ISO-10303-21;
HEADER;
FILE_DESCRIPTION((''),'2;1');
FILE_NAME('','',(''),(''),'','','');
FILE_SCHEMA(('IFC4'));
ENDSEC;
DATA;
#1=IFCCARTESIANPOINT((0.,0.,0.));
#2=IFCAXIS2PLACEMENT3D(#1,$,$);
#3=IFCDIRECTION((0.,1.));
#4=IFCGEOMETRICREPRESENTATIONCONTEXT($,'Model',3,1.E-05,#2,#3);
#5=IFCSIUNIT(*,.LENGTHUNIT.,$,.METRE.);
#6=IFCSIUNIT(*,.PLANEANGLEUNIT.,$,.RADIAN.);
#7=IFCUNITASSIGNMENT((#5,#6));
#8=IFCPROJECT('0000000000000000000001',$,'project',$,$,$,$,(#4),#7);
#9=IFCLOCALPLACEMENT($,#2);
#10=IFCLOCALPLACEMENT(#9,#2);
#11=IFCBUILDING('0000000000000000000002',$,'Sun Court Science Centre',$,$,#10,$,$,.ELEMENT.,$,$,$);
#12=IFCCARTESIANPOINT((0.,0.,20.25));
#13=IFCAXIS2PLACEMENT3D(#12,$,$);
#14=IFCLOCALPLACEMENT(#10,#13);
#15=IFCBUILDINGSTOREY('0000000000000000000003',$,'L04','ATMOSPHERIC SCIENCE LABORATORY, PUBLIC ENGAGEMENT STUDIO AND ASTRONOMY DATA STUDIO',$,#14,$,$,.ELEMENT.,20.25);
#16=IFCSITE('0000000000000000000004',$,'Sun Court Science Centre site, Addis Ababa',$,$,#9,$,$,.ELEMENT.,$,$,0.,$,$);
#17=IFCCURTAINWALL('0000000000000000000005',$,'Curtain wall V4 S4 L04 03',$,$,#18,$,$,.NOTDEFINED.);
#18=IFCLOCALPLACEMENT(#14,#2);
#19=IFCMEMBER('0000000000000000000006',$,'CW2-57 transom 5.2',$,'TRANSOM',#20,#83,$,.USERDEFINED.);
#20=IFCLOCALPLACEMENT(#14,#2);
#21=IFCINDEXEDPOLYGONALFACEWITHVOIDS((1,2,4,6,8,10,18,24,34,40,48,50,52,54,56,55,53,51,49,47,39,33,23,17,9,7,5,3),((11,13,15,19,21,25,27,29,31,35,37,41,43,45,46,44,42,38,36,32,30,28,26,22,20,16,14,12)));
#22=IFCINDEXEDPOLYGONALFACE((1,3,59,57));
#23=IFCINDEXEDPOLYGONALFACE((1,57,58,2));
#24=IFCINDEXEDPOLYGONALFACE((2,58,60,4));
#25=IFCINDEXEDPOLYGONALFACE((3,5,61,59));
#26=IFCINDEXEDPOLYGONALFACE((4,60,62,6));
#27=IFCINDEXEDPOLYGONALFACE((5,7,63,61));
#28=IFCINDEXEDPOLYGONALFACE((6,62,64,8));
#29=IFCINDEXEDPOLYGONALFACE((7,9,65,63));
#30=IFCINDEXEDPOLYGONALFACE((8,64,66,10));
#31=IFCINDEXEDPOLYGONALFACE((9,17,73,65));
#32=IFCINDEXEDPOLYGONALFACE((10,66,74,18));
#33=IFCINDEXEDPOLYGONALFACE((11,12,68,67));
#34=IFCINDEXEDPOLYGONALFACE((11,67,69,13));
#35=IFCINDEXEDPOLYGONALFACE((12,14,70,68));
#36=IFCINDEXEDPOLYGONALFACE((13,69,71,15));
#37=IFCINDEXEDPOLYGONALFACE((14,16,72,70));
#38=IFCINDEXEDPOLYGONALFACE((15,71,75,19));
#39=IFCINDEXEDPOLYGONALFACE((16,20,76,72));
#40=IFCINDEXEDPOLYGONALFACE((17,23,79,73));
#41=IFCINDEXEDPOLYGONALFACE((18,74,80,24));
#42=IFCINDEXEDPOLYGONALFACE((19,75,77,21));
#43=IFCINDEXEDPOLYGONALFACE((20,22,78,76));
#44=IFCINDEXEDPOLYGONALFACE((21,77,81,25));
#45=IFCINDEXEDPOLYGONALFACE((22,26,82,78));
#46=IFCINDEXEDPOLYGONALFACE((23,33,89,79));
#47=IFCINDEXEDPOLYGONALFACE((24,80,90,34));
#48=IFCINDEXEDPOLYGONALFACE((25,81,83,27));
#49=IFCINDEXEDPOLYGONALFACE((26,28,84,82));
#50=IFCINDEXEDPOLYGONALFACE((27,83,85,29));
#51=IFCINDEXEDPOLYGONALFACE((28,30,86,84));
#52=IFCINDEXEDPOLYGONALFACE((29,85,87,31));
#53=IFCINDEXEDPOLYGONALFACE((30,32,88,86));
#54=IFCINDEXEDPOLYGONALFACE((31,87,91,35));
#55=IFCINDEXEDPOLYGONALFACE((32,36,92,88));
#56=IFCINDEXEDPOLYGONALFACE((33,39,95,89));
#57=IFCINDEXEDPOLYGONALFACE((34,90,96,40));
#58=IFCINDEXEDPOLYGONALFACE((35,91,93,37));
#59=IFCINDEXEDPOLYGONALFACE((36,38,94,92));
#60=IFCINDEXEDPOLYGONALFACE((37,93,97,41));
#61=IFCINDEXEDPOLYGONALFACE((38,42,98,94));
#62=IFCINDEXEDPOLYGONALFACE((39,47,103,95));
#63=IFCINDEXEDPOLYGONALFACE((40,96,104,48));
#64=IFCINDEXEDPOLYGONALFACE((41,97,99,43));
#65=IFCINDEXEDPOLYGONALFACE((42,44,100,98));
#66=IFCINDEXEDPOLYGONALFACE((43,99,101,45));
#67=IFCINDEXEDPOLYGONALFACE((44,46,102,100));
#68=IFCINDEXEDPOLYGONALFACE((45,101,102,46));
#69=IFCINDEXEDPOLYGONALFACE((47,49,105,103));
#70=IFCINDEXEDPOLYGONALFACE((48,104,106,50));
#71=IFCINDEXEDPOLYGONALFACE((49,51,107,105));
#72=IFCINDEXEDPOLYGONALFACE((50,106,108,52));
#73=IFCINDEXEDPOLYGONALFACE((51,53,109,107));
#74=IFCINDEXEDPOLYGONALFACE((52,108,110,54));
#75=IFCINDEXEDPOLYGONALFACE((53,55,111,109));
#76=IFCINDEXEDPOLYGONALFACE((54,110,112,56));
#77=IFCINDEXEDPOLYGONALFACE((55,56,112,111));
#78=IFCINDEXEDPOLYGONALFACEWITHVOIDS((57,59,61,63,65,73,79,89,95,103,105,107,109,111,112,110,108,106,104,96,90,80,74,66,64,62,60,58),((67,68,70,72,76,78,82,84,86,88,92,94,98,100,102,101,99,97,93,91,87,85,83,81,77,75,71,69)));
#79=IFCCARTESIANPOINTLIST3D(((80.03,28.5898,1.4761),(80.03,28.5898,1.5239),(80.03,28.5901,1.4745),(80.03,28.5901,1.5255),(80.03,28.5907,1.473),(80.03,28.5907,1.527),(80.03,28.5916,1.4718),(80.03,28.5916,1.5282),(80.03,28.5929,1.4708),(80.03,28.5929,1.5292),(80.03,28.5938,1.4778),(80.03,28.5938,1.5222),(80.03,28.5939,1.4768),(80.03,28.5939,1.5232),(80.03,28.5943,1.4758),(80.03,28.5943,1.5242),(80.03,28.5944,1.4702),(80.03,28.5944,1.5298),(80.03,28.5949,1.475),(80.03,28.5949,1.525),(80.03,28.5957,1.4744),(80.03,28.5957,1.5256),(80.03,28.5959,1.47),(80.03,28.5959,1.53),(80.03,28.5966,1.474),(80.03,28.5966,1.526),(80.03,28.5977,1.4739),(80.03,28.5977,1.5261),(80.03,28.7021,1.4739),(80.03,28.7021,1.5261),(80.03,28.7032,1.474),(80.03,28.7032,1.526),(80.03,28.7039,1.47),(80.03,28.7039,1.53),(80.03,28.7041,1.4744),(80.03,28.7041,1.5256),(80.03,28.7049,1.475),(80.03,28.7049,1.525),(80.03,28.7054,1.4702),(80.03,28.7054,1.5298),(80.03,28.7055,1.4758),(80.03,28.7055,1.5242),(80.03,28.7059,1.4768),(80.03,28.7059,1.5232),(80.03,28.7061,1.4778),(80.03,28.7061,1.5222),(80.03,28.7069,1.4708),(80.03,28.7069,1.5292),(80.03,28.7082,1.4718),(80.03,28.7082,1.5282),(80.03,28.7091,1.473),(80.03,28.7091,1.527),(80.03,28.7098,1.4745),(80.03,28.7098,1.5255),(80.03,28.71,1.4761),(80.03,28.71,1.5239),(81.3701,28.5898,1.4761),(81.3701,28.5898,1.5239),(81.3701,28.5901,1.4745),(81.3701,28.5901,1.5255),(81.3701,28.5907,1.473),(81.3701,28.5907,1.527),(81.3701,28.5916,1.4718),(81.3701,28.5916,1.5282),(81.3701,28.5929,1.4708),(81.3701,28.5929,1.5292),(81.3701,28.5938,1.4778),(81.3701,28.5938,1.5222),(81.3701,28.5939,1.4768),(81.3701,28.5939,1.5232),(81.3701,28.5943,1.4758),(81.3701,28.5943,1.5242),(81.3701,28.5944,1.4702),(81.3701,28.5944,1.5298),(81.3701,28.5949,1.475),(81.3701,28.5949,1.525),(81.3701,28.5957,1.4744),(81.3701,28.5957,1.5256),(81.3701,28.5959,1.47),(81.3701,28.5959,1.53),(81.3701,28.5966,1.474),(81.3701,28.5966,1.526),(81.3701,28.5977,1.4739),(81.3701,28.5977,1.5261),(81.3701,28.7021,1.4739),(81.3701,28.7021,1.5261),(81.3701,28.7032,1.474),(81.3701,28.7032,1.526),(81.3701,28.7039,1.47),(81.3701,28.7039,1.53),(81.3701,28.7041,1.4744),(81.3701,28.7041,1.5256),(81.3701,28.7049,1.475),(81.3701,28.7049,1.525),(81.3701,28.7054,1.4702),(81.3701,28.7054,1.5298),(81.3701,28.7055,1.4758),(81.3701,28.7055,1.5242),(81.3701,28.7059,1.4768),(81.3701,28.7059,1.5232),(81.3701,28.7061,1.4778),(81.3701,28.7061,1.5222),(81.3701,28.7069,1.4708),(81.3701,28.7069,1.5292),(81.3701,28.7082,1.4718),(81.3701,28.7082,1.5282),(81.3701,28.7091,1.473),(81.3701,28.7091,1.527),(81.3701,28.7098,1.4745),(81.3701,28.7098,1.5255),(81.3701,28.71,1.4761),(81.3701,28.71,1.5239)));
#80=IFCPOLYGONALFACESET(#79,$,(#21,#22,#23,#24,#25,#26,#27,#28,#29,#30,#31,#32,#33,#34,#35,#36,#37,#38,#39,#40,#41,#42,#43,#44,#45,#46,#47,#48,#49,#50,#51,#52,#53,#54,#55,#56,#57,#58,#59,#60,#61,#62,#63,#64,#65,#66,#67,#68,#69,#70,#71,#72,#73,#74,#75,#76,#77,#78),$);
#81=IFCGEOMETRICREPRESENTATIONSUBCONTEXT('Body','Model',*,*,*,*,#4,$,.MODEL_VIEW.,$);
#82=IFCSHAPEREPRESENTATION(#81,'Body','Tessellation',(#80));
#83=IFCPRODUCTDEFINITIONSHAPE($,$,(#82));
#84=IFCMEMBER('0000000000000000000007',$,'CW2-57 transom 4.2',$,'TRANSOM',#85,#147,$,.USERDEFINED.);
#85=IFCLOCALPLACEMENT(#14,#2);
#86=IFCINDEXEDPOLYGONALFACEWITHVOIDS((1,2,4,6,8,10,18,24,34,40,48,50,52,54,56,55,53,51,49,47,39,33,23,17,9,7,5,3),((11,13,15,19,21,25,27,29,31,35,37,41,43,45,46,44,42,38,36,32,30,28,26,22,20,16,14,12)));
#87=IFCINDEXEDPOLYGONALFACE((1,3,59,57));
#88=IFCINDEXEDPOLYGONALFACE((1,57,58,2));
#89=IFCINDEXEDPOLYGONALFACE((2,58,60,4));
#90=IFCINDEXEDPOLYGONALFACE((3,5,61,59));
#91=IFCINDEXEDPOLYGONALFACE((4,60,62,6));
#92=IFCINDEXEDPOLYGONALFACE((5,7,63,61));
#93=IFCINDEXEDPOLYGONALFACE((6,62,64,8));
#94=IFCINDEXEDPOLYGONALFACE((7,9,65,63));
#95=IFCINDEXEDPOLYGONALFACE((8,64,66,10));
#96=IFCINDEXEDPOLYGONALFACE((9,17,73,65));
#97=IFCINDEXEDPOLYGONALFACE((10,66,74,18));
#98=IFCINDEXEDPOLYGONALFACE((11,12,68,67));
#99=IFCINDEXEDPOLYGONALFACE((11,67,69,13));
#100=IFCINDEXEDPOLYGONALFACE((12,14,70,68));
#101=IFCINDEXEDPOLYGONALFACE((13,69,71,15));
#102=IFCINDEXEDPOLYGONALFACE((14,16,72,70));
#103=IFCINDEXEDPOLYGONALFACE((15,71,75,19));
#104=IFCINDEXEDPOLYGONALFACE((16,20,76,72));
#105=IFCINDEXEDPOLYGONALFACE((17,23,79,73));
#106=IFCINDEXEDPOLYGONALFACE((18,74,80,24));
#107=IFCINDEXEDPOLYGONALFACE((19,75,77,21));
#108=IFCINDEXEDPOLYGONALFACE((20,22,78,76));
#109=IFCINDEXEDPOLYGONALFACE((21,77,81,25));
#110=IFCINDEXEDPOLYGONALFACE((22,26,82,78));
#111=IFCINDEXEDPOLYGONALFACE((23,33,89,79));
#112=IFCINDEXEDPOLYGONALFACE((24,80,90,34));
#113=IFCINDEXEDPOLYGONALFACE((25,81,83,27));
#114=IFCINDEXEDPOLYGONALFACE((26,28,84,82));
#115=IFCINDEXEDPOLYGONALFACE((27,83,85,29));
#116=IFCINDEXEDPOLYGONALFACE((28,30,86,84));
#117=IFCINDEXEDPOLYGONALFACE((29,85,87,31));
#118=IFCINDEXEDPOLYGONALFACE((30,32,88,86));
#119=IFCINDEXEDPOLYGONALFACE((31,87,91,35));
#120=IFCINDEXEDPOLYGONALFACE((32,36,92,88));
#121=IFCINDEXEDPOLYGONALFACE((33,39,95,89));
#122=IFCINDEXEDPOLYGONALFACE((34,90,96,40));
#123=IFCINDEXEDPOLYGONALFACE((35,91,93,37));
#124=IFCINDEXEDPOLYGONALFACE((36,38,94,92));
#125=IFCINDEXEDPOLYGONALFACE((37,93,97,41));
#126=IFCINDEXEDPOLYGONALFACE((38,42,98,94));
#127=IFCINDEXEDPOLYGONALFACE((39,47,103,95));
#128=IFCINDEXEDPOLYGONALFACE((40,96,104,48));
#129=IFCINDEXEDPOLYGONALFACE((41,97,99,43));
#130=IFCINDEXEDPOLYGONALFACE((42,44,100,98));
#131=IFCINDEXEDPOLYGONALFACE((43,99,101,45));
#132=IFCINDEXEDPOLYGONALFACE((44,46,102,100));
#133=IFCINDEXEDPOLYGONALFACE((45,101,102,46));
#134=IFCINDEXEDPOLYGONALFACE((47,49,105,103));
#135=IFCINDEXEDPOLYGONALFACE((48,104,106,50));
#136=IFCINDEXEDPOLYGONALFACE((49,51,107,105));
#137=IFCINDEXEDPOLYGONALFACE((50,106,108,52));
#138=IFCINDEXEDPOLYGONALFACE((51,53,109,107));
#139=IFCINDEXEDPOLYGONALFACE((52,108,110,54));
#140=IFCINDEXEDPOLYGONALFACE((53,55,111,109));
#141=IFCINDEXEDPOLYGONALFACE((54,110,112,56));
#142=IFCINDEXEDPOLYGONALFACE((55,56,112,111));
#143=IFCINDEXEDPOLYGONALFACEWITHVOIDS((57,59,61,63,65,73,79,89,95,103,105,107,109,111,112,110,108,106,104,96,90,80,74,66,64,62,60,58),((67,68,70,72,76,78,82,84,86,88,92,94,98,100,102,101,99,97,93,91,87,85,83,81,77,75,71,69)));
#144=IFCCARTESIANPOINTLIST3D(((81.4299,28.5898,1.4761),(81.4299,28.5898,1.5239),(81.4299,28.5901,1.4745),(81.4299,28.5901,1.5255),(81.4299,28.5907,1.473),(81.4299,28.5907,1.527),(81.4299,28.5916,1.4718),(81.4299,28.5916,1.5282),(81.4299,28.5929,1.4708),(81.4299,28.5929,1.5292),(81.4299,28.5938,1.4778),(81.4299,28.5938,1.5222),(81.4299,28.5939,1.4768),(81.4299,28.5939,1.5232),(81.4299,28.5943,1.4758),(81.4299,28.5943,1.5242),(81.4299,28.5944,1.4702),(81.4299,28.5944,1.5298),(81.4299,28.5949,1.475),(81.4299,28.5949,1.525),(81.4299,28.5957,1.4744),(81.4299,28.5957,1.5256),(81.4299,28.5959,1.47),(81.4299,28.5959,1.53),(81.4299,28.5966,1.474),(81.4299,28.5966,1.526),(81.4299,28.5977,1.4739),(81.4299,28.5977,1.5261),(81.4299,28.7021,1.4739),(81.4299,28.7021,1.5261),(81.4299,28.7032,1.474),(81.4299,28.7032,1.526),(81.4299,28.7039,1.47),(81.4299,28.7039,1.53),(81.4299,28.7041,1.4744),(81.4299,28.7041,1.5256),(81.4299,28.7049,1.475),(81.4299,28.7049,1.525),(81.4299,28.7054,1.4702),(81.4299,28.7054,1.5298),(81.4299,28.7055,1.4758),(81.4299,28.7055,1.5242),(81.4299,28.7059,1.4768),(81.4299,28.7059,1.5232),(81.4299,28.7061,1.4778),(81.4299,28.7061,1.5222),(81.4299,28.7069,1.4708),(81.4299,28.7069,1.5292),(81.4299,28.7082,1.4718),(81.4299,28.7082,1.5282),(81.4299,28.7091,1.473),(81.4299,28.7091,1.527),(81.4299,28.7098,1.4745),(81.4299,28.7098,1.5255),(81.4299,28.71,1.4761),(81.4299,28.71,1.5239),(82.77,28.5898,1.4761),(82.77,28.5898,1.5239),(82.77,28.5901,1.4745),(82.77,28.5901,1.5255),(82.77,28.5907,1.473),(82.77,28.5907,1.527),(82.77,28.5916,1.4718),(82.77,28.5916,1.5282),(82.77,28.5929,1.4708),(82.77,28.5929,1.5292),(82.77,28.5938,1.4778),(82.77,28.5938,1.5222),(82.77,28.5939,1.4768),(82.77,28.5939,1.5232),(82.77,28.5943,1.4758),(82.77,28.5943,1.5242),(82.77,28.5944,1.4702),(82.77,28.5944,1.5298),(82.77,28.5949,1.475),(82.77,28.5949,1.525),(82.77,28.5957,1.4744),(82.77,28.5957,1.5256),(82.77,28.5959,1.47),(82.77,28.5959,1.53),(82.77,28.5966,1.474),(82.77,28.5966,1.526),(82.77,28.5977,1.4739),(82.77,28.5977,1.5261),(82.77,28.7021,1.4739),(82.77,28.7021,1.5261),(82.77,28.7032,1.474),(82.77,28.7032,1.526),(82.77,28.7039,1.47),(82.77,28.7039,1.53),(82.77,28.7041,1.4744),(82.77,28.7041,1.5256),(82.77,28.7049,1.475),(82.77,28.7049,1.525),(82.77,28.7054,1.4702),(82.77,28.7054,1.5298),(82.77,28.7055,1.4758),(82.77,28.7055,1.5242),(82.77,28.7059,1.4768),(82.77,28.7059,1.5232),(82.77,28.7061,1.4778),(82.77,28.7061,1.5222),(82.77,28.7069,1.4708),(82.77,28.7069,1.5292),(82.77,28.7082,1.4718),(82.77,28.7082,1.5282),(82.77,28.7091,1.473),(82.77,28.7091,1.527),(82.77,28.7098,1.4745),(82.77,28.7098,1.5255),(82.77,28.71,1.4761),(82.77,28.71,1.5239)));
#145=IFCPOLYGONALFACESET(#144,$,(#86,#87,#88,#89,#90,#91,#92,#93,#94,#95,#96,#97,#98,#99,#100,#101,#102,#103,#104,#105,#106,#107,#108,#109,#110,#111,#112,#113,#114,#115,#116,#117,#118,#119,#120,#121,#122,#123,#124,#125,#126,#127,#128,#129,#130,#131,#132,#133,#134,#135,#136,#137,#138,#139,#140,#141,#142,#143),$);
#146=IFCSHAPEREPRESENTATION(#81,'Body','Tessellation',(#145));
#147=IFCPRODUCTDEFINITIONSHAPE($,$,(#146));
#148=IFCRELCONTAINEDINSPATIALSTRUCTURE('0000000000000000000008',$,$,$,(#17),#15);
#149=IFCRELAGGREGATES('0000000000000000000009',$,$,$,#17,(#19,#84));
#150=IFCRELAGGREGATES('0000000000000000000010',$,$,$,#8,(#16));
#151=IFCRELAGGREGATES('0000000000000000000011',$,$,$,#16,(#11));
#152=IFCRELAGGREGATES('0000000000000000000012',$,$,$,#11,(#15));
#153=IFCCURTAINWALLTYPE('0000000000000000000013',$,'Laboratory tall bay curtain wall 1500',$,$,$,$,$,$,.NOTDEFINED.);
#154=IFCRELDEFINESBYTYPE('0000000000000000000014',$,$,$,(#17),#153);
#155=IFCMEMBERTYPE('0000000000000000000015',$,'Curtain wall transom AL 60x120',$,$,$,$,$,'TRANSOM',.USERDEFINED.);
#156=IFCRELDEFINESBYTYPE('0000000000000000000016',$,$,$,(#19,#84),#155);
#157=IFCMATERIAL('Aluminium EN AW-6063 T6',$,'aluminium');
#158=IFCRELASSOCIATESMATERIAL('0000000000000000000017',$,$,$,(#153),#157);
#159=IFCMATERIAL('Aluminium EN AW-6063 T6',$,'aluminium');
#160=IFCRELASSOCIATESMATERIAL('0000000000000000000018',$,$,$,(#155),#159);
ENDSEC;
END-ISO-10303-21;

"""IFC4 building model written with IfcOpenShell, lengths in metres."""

from ifc_helpers import new_model, si_unit, direction, frame, origin, origin_2d, place, context, subcontext, project, spatial, hollow_rectangle, extrude, material, material_profile, profile_set, type_object, element, aggregate, save


model = new_model("IFC4")

# Units and contexts
model_context = context("Model", 3, precision=1e-05, world=origin(), true_north=direction((0.0, 1.0)))
body_context = subcontext(model_context, "Body", "Model", "MODEL_VIEW")
ifc_project = project(units=[si_unit("LENGTHUNIT", "METRE"), si_unit("PLANEANGLEUNIT", "RADIAN")], contexts=[model_context])

# Site, building, storey
site_placement = place(None, origin())
site = spatial("IfcSite", under=ifc_project, at=site_placement, Name="Sun Court Science Centre site, Addis Ababa", CompositionType="ELEMENT", RefElevation=0.0)
building_placement = place(site_placement, origin())
building = spatial("IfcBuilding", under=site, at=building_placement, Name="Sun Court Science Centre", CompositionType="ELEMENT")
storey_placement = place(building_placement, frame((0.0, 0.0, 20.25)))
storey = spatial("IfcBuildingStorey", under=building, at=storey_placement, Name="L04", Description="ATMOSPHERIC SCIENCE LABORATORY, PUBLIC ENGAGEMENT STUDIO AND ASTRONOMY DATA STUDIO", CompositionType="ELEMENT", Elevation=20.25)

# Curtain wall, members
ifc_material_1 = material(Name="Aluminium EN AW-6063 T6", Category="aluminium")
curtain_wall_type = type_object("IfcCurtainWallType", Name="Laboratory tall bay curtain wall 1500", PredefinedType="NOTDEFINED", material=ifc_material_1)
curtain_wall_placement = place(storey_placement, origin())
curtain_wall = element("IfcCurtainWall", 1, at=curtain_wall_placement, inside=storey, type_object=curtain_wall_type, Name="Curtain wall V4 S4 L04 03", PredefinedType="NOTDEFINED")
ifc_material_2 = material(Name="Aluminium EN AW-6063 T6", Category="aluminium")
ifc_material_profile_1 = material_profile(ifc_material_2, hollow_rectangle(XDim=0.0601, YDim=0.1201, WallThickness=0.0039, InnerFilletRadius=0.0039, OuterFilletRadius=0.0061, at=origin_2d()), Name="AL 60x120x4")
ifc_profile_set_1 = profile_set([ifc_material_profile_1], Name="Aluminium EN AW-6063 T6")
member_type_1 = type_object("IfcMemberType", Name="Curtain wall transom AL 60x120", ElementType="TRANSOM", PredefinedType="USERDEFINED", material=ifc_profile_set_1)
member_1_placement = place(storey_placement, frame((81.3701, 28.6499, 1.5), z_axis=(-1.0, 0.0, 0.0), x_axis=(0.0, 0.0, 1.0)))
member_1 = element("IfcMember", 2, at=member_1_placement, type_object=member_type_1, Name="CW2-57 transom 5.2", ObjectType="TRANSOM", PredefinedType="USERDEFINED", context=body_context, shape_type="SweptSolid", body=[
    extrude(hollow_rectangle(XDim=0.0601, YDim=0.1201, WallThickness=0.0039, InnerFilletRadius=0.0039, OuterFilletRadius=0.0061, at=origin_2d()), origin(), (0.0, 0.0, 1.0), 1.3401),
])
member_2_placement = place(storey_placement, frame((82.77, 28.6499, 1.5), z_axis=(-1.0, 0.0, 0.0), x_axis=(0.0, 0.0, 1.0)))
member_2 = element("IfcMember", 3, at=member_2_placement, type_object=member_type_1, Name="CW2-57 transom 4.2", ObjectType="TRANSOM", PredefinedType="USERDEFINED", context=body_context, shape_type="SweptSolid", body=[
    extrude(hollow_rectangle(XDim=0.0601, YDim=0.1201, WallThickness=0.0039, InnerFilletRadius=0.0039, OuterFilletRadius=0.0061, at=origin_2d()), origin(), (0.0, 0.0, 1.0), 1.3401),
])

aggregate(curtain_wall, [member_1, member_2])

save(model, "model.ifc")
